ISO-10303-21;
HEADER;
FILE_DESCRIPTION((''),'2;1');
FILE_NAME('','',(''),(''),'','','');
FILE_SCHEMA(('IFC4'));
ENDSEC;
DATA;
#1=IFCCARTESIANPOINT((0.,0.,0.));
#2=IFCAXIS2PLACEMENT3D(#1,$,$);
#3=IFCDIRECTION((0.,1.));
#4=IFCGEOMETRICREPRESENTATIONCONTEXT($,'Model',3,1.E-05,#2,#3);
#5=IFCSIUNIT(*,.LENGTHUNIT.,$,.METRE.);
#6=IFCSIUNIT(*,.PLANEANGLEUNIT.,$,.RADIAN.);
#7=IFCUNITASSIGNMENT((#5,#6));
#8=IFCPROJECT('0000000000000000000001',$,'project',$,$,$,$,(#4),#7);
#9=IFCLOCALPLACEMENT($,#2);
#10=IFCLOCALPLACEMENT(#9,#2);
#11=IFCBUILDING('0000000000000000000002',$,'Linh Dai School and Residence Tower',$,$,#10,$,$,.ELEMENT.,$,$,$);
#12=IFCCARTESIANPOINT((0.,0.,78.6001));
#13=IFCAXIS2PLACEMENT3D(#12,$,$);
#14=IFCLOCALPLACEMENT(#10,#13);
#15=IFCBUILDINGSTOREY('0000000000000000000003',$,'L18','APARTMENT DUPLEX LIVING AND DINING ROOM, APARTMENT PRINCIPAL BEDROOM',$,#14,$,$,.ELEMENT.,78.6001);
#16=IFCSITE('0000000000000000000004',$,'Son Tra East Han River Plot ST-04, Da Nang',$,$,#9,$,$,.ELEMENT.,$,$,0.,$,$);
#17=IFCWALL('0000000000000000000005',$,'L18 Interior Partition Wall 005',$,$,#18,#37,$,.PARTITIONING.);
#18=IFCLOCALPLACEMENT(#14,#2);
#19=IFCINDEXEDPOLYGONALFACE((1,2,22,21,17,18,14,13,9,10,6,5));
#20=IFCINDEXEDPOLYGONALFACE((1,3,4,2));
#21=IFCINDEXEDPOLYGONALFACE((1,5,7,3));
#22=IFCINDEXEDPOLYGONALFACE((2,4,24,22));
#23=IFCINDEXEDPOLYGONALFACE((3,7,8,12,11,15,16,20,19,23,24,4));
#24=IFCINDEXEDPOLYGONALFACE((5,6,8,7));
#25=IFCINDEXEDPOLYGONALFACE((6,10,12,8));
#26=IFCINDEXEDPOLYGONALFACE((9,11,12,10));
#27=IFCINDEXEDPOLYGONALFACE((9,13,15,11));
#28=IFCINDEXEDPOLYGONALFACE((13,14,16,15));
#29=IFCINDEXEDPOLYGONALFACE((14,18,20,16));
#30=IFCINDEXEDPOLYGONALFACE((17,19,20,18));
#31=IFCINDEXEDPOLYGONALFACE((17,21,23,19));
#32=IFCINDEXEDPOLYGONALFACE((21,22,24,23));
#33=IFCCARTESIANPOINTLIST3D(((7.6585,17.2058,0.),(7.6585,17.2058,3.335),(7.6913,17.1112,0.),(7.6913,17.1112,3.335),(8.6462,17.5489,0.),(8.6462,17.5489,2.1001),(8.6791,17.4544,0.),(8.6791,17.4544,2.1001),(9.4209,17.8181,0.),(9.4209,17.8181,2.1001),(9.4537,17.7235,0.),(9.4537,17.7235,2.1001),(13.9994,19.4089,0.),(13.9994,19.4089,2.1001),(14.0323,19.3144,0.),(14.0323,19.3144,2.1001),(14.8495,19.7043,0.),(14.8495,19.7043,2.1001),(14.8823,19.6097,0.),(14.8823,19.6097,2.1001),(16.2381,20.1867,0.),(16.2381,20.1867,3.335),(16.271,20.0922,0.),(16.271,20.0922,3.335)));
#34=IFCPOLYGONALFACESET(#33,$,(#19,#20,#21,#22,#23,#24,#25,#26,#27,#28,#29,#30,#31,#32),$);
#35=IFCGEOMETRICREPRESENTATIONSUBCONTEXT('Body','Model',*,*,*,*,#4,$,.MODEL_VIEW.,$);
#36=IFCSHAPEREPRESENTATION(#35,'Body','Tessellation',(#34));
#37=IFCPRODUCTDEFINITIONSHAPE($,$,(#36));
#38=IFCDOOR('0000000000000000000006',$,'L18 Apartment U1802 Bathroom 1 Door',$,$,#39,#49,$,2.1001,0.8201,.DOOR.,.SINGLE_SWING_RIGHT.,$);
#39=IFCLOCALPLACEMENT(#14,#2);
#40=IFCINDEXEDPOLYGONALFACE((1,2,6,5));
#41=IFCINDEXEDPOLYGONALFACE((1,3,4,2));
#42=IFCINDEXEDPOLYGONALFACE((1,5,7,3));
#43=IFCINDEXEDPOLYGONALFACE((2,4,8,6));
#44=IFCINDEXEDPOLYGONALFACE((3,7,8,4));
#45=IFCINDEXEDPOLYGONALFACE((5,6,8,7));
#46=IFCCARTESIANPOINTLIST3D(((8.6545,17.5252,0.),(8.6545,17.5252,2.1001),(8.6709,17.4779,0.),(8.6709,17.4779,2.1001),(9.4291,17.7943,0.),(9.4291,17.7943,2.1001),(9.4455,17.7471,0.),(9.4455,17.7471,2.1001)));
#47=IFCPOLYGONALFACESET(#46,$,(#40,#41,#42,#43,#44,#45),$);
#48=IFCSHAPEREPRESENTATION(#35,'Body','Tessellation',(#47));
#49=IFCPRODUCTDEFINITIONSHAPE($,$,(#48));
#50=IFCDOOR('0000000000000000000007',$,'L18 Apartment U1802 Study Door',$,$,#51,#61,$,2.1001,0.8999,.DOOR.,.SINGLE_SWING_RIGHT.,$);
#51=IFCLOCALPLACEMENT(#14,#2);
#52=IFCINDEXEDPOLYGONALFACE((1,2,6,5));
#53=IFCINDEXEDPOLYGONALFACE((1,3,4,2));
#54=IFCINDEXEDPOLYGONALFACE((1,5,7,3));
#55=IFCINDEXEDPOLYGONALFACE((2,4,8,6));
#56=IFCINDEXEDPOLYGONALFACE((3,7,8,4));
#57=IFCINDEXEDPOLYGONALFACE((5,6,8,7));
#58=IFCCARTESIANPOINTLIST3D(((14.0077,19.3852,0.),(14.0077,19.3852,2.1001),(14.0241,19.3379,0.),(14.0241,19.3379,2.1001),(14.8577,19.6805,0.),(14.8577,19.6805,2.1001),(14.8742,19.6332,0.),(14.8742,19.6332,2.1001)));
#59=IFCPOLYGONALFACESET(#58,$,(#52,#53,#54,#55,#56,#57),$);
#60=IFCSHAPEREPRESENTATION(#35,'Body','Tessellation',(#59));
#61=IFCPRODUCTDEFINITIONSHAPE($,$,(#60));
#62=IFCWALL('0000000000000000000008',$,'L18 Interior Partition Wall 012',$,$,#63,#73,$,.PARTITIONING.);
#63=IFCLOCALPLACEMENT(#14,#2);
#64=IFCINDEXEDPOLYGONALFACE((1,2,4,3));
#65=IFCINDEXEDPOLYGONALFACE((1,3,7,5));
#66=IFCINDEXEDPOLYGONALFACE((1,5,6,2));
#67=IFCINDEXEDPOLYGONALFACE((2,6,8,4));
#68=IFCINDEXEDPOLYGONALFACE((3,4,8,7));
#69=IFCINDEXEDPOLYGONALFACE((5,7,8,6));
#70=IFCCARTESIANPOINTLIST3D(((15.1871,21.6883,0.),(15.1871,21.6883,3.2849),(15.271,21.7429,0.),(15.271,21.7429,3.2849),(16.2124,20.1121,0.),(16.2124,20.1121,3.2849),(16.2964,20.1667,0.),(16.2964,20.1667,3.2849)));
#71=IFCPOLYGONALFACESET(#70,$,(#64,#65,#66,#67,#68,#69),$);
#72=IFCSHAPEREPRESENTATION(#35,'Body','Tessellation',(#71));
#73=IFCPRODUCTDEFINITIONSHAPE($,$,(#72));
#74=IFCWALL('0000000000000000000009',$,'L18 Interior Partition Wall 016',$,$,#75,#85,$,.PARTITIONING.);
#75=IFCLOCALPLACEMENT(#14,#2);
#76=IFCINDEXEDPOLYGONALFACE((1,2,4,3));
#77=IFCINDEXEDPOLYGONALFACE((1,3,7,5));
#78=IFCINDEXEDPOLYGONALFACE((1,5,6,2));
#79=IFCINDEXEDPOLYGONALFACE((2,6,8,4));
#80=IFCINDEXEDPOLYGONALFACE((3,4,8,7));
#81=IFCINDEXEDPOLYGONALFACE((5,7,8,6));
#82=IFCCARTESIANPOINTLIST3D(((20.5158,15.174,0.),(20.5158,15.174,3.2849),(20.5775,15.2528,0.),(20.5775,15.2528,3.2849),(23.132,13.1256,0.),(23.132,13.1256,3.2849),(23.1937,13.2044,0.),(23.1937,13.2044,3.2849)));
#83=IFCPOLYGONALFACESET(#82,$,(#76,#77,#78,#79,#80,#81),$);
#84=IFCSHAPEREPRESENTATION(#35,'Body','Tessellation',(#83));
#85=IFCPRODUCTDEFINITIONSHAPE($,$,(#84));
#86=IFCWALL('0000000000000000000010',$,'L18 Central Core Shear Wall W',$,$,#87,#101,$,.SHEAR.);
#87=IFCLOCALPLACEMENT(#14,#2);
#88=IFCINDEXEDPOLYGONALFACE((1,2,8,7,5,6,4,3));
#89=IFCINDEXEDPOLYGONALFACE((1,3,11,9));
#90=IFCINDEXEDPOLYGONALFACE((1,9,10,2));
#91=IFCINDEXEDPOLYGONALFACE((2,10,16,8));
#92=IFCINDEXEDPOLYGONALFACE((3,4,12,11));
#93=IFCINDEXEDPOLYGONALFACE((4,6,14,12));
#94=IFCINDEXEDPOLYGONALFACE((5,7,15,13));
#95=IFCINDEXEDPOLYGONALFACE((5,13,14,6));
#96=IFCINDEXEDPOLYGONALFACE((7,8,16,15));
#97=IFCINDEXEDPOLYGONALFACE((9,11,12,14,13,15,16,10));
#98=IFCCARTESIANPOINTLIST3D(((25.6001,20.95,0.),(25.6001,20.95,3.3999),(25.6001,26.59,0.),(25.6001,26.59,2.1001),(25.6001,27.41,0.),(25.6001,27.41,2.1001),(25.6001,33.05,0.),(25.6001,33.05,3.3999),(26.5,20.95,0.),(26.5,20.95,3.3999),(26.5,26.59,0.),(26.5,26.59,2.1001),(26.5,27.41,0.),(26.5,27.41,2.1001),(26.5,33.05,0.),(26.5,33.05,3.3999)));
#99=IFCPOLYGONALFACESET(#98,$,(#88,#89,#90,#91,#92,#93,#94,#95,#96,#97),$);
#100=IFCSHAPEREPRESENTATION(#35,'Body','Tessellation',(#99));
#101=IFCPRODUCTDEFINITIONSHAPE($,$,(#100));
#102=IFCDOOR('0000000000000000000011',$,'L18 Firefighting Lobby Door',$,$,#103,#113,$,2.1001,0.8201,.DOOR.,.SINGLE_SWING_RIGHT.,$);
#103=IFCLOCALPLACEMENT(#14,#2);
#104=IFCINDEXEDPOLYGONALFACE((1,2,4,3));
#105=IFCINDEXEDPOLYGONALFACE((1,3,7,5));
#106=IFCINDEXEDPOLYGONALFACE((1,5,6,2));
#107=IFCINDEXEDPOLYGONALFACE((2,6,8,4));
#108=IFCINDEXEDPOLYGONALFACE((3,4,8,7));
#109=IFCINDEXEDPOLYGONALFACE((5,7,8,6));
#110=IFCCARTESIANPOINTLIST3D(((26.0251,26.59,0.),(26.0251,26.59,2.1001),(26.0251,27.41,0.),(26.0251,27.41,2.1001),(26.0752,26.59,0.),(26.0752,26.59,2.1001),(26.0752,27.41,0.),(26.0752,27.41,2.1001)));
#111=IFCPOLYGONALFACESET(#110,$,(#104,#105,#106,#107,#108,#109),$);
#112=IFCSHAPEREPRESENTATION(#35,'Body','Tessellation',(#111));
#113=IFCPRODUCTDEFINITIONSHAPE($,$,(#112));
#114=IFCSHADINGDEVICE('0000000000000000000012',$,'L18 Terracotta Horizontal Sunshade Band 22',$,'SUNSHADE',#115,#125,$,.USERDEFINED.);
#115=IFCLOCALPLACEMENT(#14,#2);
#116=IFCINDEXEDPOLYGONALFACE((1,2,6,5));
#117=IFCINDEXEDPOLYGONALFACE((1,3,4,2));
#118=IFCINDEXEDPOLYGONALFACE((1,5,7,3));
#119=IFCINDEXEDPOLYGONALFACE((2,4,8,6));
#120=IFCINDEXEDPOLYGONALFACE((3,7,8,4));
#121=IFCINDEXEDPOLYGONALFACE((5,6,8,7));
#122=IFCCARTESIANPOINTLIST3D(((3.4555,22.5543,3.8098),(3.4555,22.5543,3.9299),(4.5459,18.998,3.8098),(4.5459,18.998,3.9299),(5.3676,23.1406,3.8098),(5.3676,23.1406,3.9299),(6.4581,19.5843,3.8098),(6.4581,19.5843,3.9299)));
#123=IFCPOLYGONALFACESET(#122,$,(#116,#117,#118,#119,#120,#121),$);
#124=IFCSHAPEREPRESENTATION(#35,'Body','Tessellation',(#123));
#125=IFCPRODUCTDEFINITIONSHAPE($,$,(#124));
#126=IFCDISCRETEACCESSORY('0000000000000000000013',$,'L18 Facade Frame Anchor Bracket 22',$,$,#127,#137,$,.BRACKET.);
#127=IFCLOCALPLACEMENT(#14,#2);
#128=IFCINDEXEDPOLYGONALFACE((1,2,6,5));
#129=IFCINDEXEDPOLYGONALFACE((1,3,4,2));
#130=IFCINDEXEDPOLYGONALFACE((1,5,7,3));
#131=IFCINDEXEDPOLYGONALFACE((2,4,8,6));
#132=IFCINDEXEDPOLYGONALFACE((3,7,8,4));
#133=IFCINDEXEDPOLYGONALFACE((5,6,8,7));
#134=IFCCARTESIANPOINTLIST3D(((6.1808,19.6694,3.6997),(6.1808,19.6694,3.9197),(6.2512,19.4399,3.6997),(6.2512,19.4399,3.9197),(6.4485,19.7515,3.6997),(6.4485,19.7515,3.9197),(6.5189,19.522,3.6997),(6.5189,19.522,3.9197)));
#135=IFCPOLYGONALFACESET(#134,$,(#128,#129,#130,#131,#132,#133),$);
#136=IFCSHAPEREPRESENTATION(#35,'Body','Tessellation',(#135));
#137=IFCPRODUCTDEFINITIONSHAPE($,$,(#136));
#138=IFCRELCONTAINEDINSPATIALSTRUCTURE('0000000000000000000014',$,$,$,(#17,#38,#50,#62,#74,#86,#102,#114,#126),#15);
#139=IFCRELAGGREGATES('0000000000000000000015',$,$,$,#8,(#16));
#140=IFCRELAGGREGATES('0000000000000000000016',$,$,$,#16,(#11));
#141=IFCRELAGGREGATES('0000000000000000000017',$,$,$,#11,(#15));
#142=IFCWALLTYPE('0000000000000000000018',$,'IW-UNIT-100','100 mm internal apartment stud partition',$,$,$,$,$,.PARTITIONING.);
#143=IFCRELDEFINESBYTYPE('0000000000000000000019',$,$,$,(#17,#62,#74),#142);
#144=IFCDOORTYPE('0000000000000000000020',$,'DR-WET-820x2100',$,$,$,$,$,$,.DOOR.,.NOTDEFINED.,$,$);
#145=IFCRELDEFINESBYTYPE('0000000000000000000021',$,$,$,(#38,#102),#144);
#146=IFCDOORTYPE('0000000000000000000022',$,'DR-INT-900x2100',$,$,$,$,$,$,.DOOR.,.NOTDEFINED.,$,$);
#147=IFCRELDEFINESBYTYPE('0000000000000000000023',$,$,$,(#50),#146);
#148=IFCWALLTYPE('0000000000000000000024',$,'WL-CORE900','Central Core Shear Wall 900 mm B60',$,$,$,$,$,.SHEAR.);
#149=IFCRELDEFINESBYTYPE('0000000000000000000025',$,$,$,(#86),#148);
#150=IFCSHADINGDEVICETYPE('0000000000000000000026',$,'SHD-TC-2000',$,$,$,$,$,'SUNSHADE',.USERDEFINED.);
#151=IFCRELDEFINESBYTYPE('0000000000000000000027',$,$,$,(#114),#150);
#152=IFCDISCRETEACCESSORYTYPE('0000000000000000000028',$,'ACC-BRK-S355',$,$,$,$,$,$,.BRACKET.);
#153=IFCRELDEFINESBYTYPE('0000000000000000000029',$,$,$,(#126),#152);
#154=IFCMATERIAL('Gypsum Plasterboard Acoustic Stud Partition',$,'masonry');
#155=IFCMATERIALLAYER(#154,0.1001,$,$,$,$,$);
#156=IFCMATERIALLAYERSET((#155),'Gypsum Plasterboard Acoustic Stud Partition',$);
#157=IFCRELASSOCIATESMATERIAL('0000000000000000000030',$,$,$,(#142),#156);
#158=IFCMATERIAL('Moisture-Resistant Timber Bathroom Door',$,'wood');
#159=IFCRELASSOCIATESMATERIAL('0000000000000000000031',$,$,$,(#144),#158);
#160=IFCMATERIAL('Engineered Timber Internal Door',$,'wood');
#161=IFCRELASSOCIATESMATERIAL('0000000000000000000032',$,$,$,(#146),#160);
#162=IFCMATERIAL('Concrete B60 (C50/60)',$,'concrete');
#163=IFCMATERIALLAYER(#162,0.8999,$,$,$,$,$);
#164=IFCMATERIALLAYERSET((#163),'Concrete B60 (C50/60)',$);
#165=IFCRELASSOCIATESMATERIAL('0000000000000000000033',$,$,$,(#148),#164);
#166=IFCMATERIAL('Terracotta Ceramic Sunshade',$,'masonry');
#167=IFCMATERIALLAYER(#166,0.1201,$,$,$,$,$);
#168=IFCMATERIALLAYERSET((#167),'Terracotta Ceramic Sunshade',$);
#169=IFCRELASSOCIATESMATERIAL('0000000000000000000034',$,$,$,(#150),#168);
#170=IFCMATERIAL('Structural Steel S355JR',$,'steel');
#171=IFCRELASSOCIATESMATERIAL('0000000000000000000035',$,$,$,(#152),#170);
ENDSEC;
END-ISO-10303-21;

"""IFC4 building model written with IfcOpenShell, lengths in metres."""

from ifc_helpers import new_model, si_unit, direction, frame, frame_2d, origin, origin_2d, place, context, subcontext, project, spatial, rectangle, extrude, source, transform, mapped, material, layer, layer_set, type_object, element, fill, save


model = new_model("IFC4")

# Units and contexts
model_context = context("Model", 3, precision=1e-05, world=origin(), true_north=direction((0.0, 1.0)))
body_context = subcontext(model_context, "Body", "Model", "MODEL_VIEW")
ifc_project = project(units=[si_unit("LENGTHUNIT", "METRE"), si_unit("PLANEANGLEUNIT", "RADIAN")], contexts=[model_context])

# Site, building, storey
site_placement = place(None, origin())
site = spatial("IfcSite", under=ifc_project, at=site_placement, Name="Son Tra East Han River Plot ST-04, Da Nang", CompositionType="ELEMENT", RefElevation=0.0)
building_placement = place(site_placement, origin())
building = spatial("IfcBuilding", under=site, at=building_placement, Name="Linh Dai School and Residence Tower", CompositionType="ELEMENT")
storey_placement = place(building_placement, frame((0.0, 0.0, 78.6001)))
storey = spatial("IfcBuildingStorey", under=building, at=storey_placement, Name="L18", Description="APARTMENT DUPLEX LIVING AND DINING ROOM, APARTMENT PRINCIPAL BEDROOM", CompositionType="ELEMENT", Elevation=78.6001)

# Shared definitions
ifc_material_1 = material(Name="Concrete B60 (C50/60)", Category="concrete")
ifc_material_2 = material(Name="Structural Steel S355JR", Category="steel")

# Shared definitions
ifc_material_3 = material(Name="Gypsum Plasterboard Acoustic Stud Partition", Category="masonry")
ifc_layer_1 = layer(ifc_material_3, 0.1001)
ifc_layer_set_1 = layer_set([ifc_layer_1], Name="Gypsum Plasterboard Acoustic Stud Partition")
wall_type_1 = type_object("IfcWallType", Name="IW-UNIT-100", Description="100 mm internal apartment stud partition", PredefinedType="PARTITIONING", material=ifc_layer_set_1)

# Wall, openings, doors
wall_1_placement = place(storey_placement, frame((7.6748, 17.1584, 0.0), z_axis=(0.0, 0.0, 1.0), x_axis=(0.944608, 0.328202, 0.0)))
wall_1 = element("IfcWall", 1, at=wall_1_placement, inside=storey, type_object=wall_type_1, Name="L18 Interior Partition Wall 005", PredefinedType="PARTITIONING", context=body_context, shape_type="SweptSolid", body=[
    extrude(rectangle(XDim=9.0828, YDim=0.1001, at=frame_2d((4.5415, 0.0))), origin(), (0.0, 0.0, 1.0), 3.335),
])
opening_1_placement = place(wall_1_placement, frame((6.7129, 0.0, 0.0)))
opening_1 = element("IfcOpeningElement", 2, at=opening_1_placement, cuts=wall_1, PredefinedType="OPENING", context=body_context, shape_type="SweptSolid", body=[
    extrude(rectangle(XDim=0.8999, YDim=2.1001, at=origin_2d()), frame((0.45, 0.0601, 1.05), z_axis=(0.0, -1.0, 0.0), x_axis=(1.0, 0.0, 0.0)), (0.0, 0.0, 1.0), 0.1201),
])
opening_2_placement = place(wall_1_placement, frame((1.0457, 0.0, 0.0)))
opening_2 = element("IfcOpeningElement", 3, at=opening_2_placement, cuts=wall_1, PredefinedType="OPENING", context=body_context, shape_type="SweptSolid", body=[
    extrude(rectangle(XDim=0.8201, YDim=2.1001, at=origin_2d()), frame((0.4102, 0.0601, 1.05), z_axis=(0.0, -1.0, 0.0), x_axis=(1.0, 0.0, 0.0)), (0.0, 0.0, 1.0), 0.1201),
])
ifc_material_4 = material(Name="Moisture-Resistant Timber Bathroom Door", Category="wood")
door_type_1 = type_object("IfcDoorType", Name="DR-WET-820x2100", OperationType="NOTDEFINED", PredefinedType="DOOR", material=ifc_material_4)
shared_shape_1 = source(origin(), body_context, "Body", "SweptSolid", [
    extrude(rectangle(XDim=0.8201, YDim=2.1001, at=origin_2d()), frame((0.4102, 0.0249, 1.05), z_axis=(0.0, -1.0, 0.0), x_axis=(1.0, 0.0, 0.0)), (0.0, 0.0, 1.0), 0.05),
])
door_1_placement = place(opening_2_placement, origin())
door_1 = element("IfcDoor", 4, at=door_1_placement, inside=storey, type_object=door_type_1, Name="L18 Apartment U1802 Bathroom 1 Door", OperationType="SINGLE_SWING_RIGHT", OverallHeight=2.1001, OverallWidth=0.8201, PredefinedType="DOOR", context=body_context, shape_type="MappedRepresentation", body=[
    mapped(shared_shape_1, transform((0.0, 0.0, 0.0), x_axis=(1.0, 0.0, 0.0), y_axis=(0.0, 1.0, 0.0), z_axis=(0.0, 0.0, 1.0), scale=1.0)),
])
fill(opening_2, door_1)
ifc_material_5 = material(Name="Engineered Timber Internal Door", Category="wood")
door_type_2 = type_object("IfcDoorType", Name="DR-INT-900x2100", OperationType="NOTDEFINED", PredefinedType="DOOR", material=ifc_material_5)
shared_shape_2 = source(origin(), body_context, "Body", "SweptSolid", [
    extrude(rectangle(XDim=0.8999, YDim=2.1001, at=origin_2d()), frame((0.45, 0.0249, 1.05), z_axis=(0.0, -1.0, 0.0), x_axis=(1.0, 0.0, 0.0)), (0.0, 0.0, 1.0), 0.05),
])
door_2_placement = place(opening_1_placement, origin())
door_2 = element("IfcDoor", 5, at=door_2_placement, inside=storey, type_object=door_type_2, Name="L18 Apartment U1802 Study Door", OperationType="SINGLE_SWING_RIGHT", OverallHeight=2.1001, OverallWidth=0.8999, PredefinedType="DOOR", context=body_context, shape_type="MappedRepresentation", body=[
    mapped(shared_shape_2, transform((0.0, 0.0, 0.0), x_axis=(1.0, 0.0, 0.0), y_axis=(0.0, 1.0, 0.0), z_axis=(0.0, 0.0, 1.0), scale=1.0)),
])
fill(opening_1, door_2)

# Walls
wall_2_placement = place(storey_placement, frame((15.229, 21.7156, 0.0), z_axis=(0.0, 0.0, 1.0), x_axis=(0.545317, -0.83823, 0.0)))
element("IfcWall", 6, at=wall_2_placement, inside=storey, type_object=wall_type_1, Name="L18 Interior Partition Wall 012", PredefinedType="PARTITIONING", context=body_context, shape_type="SweptSolid", body=[
    extrude(rectangle(XDim=1.8804, YDim=0.1001, at=frame_2d((0.9402, 0.0))), origin(), (0.0, 0.0, 1.0), 3.2849),
])
wall_3_placement = place(storey_placement, frame((20.5466, 15.2134, 0.0), z_axis=(0.0, 0.0, 1.0), x_axis=(0.787378, -0.616471, 0.0)))
element("IfcWall", 7, at=wall_3_placement, inside=storey, type_object=wall_type_1, Name="L18 Interior Partition Wall 016", PredefinedType="PARTITIONING", context=body_context, shape_type="SweptSolid", body=[
    extrude(rectangle(XDim=3.3228, YDim=0.1001, at=frame_2d((1.6614, 0.0))), origin(), (0.0, 0.0, 1.0), 3.2849),
])

# Wall, opening, door
ifc_layer_2 = layer(ifc_material_1, 0.8999)
ifc_layer_set_2 = layer_set([ifc_layer_2], Name="Concrete B60 (C50/60)")
wall_type_2 = type_object("IfcWallType", Name="WL-CORE900", Description="Central Core Shear Wall 900 mm B60", PredefinedType="SHEAR", material=ifc_layer_set_2)
wall_4_placement = place(storey_placement, frame((26.05, 20.95, 0.0), z_axis=(0.0, 0.0, 1.0), x_axis=(0.0, 1.0, 0.0)))
wall_4 = element("IfcWall", 8, at=wall_4_placement, inside=storey, type_object=wall_type_2, Name="L18 Central Core Shear Wall W", PredefinedType="SHEAR", context=body_context, shape_type="SweptSolid", body=[
    extrude(rectangle(XDim=12.1001, YDim=0.8999, at=frame_2d((6.05, 0.0))), origin(), (0.0, 0.0, 1.0), 3.3999),
])
opening_3_placement = place(wall_4_placement, frame((5.6399, 0.0, 0.0)))
opening_3 = element("IfcOpeningElement", 9, at=opening_3_placement, cuts=wall_4, PredefinedType="OPENING", context=body_context, shape_type="SweptSolid", body=[
    extrude(rectangle(XDim=0.8201, YDim=2.1001, at=origin_2d()), frame((0.4102, 0.46, 1.05), z_axis=(0.0, -1.0, 0.0), x_axis=(1.0, 0.0, 0.0)), (0.0, 0.0, 1.0), 0.9199),
])
door_3_placement = place(opening_3_placement, origin())
door_3 = element("IfcDoor", 10, at=door_3_placement, inside=storey, type_object=door_type_1, Name="L18 Firefighting Lobby Door", OperationType="SINGLE_SWING_RIGHT", OverallHeight=2.1001, OverallWidth=0.8201, PredefinedType="DOOR", context=body_context, shape_type="MappedRepresentation", body=[
    mapped(shared_shape_1, transform((0.0, 0.0, 0.0), x_axis=(1.0, 0.0, 0.0), y_axis=(0.0, 1.0, 0.0), z_axis=(0.0, 0.0, 1.0), scale=1.0)),
])
fill(opening_3, door_3)

# Shading device
ifc_material_6 = material(Name="Terracotta Ceramic Sunshade", Category="masonry")
ifc_layer_3 = layer(ifc_material_6, 0.1201)
ifc_layer_set_3 = layer_set([ifc_layer_3], Name="Terracotta Ceramic Sunshade")
shading_device_type = type_object("IfcShadingDeviceType", Name="SHD-TC-2000", ElementType="SUNSHADE", PredefinedType="USERDEFINED", material=ifc_layer_set_3)
shared_shape_3 = source(origin(), body_context, "Body", "SweptSolid", [
    extrude(rectangle(XDim=3.7197, YDim=2.0, at=origin_2d()), origin(), (0.0, 0.0, 1.0), 0.1201),
])
shading_device_placement = place(storey_placement, frame((4.9568, 21.0693, 3.8098), z_axis=(0.0, 0.0, 1.0), x_axis=(-0.293146, 0.956068, 0.0)))
element("IfcShadingDevice", 11, at=shading_device_placement, inside=storey, type_object=shading_device_type, Name="L18 Terracotta Horizontal Sunshade Band 22", ObjectType="SUNSHADE", PredefinedType="USERDEFINED", context=body_context, shape_type="MappedRepresentation", body=[
    mapped(shared_shape_3, transform((0.0, 0.0, 0.0), x_axis=(1.0, 0.0, 0.0), y_axis=(0.0, 1.0, 0.0), z_axis=(0.0, 0.0, 1.0), scale=1.0)),
])

# Discrete accessory
discrete_accessory_type = type_object("IfcDiscreteAccessoryType", Name="ACC-BRK-S355", PredefinedType="BRACKET", material=ifc_material_2)
shared_shape_4 = source(origin(), body_context, "Body", "SweptSolid", [
    extrude(rectangle(XDim=0.28, YDim=0.24, at=origin_2d()), origin(), (0.0, 0.0, 1.0), 0.22),
])
discrete_accessory_placement = place(storey_placement, frame((6.3499, 19.5957, 3.6997), z_axis=(0.0, 0.0, 1.0), x_axis=(-0.956068, -0.293146, 0.0)))
element("IfcDiscreteAccessory", 12, at=discrete_accessory_placement, inside=storey, type_object=discrete_accessory_type, Name="L18 Facade Frame Anchor Bracket 22", PredefinedType="BRACKET", context=body_context, shape_type="MappedRepresentation", body=[
    mapped(shared_shape_4, transform((0.0, 0.0, 0.0), x_axis=(1.0, 0.0, 0.0), y_axis=(0.0, 1.0, 0.0), z_axis=(0.0, 0.0, 1.0), scale=1.0)),
])

save(model, "model.ifc")
